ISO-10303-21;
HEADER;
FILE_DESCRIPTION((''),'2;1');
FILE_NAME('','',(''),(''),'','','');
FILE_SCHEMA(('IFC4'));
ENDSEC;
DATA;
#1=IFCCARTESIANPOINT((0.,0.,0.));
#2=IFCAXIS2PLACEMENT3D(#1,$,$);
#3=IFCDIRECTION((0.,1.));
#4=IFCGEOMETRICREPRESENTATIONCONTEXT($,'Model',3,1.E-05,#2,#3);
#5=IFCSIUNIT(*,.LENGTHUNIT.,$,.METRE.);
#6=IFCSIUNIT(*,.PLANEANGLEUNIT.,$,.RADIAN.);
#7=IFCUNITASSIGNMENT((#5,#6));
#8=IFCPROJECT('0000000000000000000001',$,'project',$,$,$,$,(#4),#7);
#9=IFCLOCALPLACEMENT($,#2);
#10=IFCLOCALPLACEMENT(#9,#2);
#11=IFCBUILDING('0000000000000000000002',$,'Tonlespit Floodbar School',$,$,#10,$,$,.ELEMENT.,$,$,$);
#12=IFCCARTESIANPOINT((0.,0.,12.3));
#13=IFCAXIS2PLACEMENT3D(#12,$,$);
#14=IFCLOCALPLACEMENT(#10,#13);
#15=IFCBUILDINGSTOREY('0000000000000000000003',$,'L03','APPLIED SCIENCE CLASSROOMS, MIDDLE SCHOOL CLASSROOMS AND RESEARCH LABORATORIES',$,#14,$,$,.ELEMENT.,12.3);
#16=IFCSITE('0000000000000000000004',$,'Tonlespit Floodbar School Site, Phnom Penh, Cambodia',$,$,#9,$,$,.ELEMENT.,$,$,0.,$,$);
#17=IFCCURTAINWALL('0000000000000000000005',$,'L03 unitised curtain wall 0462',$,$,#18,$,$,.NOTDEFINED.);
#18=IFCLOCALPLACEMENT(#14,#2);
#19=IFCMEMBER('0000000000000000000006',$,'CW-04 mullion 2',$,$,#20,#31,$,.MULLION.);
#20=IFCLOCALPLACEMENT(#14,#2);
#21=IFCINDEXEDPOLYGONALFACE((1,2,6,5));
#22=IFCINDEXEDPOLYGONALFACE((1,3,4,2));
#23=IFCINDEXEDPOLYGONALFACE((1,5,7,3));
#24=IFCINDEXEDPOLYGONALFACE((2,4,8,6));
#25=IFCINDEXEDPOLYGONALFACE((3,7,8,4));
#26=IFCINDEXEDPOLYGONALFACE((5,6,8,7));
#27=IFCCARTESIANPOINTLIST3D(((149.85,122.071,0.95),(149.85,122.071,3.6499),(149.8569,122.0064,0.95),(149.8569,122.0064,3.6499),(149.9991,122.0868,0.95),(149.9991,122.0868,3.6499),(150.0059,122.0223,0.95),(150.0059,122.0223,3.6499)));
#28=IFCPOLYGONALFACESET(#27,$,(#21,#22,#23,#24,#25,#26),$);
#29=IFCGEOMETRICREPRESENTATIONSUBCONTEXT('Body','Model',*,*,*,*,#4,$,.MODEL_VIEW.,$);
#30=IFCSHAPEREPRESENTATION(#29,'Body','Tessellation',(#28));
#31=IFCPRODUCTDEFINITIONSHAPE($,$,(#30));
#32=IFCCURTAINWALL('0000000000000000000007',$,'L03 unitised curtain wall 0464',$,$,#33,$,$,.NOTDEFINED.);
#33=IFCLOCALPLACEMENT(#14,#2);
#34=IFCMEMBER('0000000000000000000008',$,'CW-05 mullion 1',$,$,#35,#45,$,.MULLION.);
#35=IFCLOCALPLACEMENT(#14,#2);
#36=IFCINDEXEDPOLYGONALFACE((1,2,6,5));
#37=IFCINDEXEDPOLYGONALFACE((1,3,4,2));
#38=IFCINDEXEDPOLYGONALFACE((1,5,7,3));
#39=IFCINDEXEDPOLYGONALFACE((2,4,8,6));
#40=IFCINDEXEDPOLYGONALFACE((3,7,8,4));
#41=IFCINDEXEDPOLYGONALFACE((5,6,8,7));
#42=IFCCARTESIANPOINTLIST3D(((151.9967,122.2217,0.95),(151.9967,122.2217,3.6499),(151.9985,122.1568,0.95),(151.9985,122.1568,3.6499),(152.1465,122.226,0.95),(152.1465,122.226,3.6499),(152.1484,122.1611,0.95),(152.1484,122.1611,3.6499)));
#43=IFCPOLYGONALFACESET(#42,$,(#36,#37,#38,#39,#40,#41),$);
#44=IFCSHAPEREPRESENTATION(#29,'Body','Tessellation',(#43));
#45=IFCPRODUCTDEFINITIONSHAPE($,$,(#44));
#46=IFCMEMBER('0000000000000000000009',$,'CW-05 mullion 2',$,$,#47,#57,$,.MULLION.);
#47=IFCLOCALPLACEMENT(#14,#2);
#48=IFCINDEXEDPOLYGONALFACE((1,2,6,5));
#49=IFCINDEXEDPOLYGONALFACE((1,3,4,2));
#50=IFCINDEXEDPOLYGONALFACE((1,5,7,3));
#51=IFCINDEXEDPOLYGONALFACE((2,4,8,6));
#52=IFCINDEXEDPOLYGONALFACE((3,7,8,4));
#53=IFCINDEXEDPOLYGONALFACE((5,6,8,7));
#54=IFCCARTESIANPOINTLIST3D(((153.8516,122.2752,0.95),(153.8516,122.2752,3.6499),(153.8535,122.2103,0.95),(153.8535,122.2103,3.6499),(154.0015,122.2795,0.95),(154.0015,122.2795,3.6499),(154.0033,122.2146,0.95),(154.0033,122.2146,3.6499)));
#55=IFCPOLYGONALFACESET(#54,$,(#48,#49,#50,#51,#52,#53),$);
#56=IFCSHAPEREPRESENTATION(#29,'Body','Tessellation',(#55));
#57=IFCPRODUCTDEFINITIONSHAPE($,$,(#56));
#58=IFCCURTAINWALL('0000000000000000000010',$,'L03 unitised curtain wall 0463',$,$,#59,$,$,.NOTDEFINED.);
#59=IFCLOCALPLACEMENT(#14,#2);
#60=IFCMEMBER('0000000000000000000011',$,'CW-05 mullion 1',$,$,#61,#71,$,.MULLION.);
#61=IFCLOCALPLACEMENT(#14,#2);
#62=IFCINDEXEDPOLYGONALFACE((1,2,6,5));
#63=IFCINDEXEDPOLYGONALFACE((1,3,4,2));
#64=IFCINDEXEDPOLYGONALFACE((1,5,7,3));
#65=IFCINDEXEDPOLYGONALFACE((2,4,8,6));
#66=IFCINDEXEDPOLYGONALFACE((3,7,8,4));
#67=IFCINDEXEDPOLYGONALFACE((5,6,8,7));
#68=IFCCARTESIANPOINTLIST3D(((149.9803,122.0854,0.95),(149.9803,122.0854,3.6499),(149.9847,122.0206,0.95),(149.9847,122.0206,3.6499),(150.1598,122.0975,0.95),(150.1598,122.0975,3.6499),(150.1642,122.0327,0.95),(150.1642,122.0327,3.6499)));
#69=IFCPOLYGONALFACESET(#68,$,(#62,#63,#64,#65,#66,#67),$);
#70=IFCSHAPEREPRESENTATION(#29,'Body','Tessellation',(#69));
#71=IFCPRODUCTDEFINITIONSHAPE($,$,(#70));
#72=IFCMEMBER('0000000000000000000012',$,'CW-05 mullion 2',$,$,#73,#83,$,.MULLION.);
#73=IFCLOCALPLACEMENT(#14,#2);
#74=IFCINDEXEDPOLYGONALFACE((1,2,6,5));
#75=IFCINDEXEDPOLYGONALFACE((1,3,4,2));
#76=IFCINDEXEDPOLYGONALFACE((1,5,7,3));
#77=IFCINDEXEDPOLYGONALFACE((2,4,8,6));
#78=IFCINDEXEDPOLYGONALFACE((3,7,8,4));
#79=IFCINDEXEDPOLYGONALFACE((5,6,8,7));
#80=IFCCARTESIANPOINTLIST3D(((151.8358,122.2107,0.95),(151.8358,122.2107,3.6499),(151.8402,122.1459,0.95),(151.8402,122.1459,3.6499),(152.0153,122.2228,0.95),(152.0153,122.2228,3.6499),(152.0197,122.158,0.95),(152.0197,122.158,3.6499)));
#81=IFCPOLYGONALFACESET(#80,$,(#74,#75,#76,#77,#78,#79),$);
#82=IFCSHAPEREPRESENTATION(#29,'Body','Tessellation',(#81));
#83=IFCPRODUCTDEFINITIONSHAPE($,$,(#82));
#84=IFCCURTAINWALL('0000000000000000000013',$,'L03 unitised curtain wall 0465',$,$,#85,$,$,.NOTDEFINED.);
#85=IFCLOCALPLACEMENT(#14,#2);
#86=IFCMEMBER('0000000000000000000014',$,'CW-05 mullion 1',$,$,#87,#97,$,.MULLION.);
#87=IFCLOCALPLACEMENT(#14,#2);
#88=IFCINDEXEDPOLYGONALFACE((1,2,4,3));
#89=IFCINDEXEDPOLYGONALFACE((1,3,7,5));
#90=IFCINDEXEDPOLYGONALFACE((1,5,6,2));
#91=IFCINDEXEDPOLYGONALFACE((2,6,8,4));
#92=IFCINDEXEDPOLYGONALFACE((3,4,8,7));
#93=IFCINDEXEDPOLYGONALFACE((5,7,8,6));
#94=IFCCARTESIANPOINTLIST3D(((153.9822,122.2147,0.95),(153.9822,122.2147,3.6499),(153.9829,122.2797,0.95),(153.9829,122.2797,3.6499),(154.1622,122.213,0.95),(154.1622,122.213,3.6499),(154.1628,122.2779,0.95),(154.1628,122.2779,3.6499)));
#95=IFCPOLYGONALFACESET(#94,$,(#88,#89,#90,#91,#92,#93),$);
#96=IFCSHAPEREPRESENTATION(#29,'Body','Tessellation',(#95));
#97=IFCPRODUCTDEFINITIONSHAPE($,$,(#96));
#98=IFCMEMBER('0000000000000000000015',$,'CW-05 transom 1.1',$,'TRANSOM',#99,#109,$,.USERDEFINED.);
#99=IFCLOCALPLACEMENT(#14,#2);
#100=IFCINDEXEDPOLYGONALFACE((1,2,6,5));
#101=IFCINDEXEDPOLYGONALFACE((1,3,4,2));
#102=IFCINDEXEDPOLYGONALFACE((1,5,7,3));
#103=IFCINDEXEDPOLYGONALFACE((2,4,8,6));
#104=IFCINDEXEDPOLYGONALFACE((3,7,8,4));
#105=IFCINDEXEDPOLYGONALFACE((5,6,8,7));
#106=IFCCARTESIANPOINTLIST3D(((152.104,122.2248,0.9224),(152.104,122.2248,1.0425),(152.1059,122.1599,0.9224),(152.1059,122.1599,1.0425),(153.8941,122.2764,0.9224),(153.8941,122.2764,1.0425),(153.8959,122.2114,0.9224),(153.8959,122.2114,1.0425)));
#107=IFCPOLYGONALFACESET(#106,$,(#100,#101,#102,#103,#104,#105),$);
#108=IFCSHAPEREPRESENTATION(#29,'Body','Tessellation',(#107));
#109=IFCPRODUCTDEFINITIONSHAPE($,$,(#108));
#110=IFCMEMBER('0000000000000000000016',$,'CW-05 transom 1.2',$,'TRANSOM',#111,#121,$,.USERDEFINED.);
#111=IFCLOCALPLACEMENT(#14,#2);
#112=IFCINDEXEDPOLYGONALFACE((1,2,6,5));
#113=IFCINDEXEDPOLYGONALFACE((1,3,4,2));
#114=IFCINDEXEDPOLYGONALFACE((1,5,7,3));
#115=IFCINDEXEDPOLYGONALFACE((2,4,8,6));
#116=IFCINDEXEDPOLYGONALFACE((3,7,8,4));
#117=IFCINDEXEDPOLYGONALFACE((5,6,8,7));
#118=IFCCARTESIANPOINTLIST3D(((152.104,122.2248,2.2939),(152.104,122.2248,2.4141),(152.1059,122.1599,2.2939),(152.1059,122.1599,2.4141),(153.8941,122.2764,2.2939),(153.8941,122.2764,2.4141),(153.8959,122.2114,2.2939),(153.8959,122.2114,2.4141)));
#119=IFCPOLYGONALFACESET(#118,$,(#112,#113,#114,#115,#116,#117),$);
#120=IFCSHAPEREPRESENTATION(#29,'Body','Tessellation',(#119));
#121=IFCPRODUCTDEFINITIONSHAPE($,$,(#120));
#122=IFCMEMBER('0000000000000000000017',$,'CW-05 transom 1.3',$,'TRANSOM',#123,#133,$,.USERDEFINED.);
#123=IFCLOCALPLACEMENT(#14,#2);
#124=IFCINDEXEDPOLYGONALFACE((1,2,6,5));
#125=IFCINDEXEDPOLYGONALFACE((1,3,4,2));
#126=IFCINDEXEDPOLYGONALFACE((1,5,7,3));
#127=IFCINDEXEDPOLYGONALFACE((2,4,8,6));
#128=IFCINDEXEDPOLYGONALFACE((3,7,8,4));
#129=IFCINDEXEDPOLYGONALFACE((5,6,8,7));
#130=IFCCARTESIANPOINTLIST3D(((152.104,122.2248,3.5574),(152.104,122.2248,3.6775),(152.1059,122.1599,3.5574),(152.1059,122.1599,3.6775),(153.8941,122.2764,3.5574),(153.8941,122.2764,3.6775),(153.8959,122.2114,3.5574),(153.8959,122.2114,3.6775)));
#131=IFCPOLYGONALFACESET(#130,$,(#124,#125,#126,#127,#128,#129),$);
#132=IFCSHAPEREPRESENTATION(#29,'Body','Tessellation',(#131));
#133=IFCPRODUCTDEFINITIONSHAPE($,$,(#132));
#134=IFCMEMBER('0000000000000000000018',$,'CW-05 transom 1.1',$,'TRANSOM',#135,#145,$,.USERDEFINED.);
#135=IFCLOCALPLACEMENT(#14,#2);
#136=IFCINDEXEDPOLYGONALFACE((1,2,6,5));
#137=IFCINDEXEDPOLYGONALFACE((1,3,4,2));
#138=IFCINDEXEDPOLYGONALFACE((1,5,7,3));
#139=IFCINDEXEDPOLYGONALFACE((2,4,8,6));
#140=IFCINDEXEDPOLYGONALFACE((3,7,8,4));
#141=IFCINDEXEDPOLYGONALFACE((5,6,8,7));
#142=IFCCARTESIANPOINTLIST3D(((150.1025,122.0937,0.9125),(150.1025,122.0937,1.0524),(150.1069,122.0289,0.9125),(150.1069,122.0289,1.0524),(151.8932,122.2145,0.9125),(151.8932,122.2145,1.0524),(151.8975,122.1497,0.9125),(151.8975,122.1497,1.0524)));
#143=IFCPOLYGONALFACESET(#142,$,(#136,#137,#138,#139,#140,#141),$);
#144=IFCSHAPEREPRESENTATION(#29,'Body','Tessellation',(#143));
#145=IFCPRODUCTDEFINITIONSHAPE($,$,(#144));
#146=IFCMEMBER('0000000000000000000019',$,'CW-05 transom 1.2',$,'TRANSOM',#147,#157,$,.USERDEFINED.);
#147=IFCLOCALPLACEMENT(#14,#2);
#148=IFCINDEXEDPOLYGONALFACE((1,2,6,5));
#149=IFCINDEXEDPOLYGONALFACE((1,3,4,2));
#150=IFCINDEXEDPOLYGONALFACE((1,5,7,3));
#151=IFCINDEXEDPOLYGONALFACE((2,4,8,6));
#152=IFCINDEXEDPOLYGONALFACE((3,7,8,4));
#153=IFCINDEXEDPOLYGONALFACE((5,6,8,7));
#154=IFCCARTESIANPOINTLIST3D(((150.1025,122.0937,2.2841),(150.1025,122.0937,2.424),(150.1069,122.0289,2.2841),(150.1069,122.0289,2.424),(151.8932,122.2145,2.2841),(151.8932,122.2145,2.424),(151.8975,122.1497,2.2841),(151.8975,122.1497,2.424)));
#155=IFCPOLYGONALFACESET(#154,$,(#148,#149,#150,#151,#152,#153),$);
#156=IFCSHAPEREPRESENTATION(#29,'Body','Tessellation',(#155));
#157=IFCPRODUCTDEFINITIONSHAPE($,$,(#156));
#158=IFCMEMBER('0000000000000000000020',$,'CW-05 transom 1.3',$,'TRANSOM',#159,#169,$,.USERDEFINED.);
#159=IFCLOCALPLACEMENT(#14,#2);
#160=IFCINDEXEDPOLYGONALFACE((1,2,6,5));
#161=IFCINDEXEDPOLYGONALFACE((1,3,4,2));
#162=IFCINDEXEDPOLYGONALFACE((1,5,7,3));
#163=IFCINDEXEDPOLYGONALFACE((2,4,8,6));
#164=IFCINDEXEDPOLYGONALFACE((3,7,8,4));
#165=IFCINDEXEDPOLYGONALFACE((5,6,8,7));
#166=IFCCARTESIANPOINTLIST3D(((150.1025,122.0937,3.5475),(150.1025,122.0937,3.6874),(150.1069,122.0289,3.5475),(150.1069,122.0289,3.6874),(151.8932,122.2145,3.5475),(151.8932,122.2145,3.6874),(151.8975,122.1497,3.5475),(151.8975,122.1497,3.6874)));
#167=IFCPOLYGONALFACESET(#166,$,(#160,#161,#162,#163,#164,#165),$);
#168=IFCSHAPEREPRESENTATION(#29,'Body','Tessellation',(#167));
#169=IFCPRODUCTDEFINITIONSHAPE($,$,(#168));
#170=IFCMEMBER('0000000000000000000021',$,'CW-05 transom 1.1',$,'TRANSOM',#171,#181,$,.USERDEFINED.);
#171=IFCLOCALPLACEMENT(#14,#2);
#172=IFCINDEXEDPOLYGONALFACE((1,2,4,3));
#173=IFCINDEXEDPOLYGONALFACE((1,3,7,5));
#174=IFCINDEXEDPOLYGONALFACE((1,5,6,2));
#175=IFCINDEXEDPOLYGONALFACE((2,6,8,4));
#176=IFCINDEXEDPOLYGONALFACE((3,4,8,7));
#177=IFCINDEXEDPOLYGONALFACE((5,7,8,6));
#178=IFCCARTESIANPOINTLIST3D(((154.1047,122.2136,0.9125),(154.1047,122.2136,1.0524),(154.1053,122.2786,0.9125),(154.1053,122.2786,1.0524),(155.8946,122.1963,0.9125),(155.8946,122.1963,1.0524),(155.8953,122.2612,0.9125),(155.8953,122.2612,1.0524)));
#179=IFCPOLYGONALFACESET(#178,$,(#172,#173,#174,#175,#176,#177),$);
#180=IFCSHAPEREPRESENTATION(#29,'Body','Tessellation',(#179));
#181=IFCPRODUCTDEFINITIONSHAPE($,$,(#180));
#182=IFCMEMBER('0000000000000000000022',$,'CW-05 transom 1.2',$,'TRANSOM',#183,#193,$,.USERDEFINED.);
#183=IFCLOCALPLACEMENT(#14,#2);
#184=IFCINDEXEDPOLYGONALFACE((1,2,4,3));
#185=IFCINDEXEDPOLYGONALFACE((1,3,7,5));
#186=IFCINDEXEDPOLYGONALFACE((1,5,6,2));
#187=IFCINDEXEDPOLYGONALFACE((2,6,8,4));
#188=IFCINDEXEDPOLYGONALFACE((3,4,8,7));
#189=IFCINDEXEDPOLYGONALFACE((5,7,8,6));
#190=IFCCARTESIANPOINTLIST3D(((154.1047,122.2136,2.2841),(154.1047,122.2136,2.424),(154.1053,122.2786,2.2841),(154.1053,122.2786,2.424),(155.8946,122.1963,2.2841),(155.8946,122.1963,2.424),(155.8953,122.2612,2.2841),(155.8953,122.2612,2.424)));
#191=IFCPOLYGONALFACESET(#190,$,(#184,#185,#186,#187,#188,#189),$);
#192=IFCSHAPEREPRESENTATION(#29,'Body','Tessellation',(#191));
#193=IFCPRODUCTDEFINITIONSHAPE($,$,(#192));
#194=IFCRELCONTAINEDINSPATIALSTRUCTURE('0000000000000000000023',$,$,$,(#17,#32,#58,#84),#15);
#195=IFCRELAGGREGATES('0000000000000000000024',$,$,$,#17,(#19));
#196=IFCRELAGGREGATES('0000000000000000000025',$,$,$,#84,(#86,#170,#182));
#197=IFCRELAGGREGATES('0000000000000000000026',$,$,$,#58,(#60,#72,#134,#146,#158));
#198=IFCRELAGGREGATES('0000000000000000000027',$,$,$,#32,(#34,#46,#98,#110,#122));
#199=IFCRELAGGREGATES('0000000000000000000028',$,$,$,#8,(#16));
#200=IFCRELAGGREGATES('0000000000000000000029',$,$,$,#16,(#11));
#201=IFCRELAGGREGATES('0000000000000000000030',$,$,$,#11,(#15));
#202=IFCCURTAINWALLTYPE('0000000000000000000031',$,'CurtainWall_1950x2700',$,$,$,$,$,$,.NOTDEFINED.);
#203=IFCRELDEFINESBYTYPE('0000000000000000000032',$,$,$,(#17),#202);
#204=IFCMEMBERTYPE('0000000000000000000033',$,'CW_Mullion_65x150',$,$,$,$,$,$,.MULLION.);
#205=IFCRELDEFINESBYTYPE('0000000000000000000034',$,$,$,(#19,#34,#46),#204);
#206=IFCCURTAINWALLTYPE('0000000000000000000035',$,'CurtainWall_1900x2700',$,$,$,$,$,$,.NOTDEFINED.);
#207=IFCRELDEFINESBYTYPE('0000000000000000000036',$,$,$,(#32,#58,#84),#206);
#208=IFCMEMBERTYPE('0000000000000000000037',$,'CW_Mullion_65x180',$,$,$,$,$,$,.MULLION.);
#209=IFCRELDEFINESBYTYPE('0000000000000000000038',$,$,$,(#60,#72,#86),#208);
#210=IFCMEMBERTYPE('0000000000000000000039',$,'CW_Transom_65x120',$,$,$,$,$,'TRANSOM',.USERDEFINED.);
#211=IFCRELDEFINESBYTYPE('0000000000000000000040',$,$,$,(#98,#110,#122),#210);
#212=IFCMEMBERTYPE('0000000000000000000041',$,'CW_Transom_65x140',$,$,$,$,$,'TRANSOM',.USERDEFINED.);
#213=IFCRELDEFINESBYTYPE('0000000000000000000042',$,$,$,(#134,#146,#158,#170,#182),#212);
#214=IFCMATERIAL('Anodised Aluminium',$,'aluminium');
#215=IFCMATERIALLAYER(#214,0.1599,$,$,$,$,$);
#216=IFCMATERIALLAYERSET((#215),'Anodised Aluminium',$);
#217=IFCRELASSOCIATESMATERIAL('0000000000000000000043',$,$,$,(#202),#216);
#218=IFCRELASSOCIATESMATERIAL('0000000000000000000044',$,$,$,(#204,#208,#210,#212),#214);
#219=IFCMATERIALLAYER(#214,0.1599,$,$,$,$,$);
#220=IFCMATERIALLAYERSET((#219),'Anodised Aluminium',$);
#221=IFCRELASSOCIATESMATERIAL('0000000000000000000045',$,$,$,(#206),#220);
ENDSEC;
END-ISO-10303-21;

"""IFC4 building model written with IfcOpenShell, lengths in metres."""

from ifc_helpers import new_model, si_unit, direction, frame, origin, origin_2d, place, context, subcontext, project, spatial, rectangle, extrude, material, layer, layer_set, material_profile, profile_set, type_object, element, aggregate, save


model = new_model("IFC4")

# Units and contexts
model_context = context("Model", 3, precision=1e-05, world=origin(), true_north=direction((0.0, 1.0)))
body_context = subcontext(model_context, "Body", "Model", "MODEL_VIEW")
ifc_project = project(units=[si_unit("LENGTHUNIT", "METRE"), si_unit("PLANEANGLEUNIT", "RADIAN")], contexts=[model_context])

# Site, building, storey
site_placement = place(None, origin())
site = spatial("IfcSite", under=ifc_project, at=site_placement, Name="Tonlespit Floodbar School Site, Phnom Penh, Cambodia", CompositionType="ELEMENT", RefElevation=0.0)
building_placement = place(site_placement, origin())
building = spatial("IfcBuilding", under=site, at=building_placement, Name="Tonlespit Floodbar School", CompositionType="ELEMENT")
storey_placement = place(building_placement, frame((0.0, 0.0, 12.3)))
storey = spatial("IfcBuildingStorey", under=building, at=storey_placement, Name="L03", Description="APPLIED SCIENCE CLASSROOMS, MIDDLE SCHOOL CLASSROOMS AND RESEARCH LABORATORIES", CompositionType="ELEMENT", Elevation=12.3)

# Curtain wall, member
ifc_material_1 = material(Name="Anodised Aluminium", Category="aluminium")
ifc_layer_1 = layer(ifc_material_1, 0.1599)
ifc_layer_set_1 = layer_set([ifc_layer_1], Name="Anodised Aluminium")
curtain_wall_type_1 = type_object("IfcCurtainWallType", Name="CurtainWall_1950x2700", PredefinedType="NOTDEFINED", material=ifc_layer_set_1)
curtain_wall_1_placement = place(storey_placement, origin())
curtain_wall_1 = element("IfcCurtainWall", 1, at=curtain_wall_1_placement, inside=storey, type_object=curtain_wall_type_1, Name="L03 unitised curtain wall 0462", PredefinedType="NOTDEFINED")
ifc_material_profile_1 = material_profile(ifc_material_1, rectangle(XDim=0.0649, YDim=0.1499, at=origin_2d()), Name="ALU M65x150")
ifc_profile_set_1 = profile_set([ifc_material_profile_1], Name="Anodised Aluminium")
member_type_1 = type_object("IfcMemberType", Name="CW_Mullion_65x150", PredefinedType="MULLION", material=ifc_profile_set_1)
member_1_placement = place(storey_placement, frame((149.928, 122.0466, 0.95), z_axis=(0.0, 0.0, 1.0), x_axis=(-0.105787, 0.994389, 0.0)))
member_1 = element("IfcMember", 2, at=member_1_placement, type_object=member_type_1, Name="CW-04 mullion 2", PredefinedType="MULLION", context=body_context, shape_type="SweptSolid", body=[
    extrude(rectangle(XDim=0.0649, YDim=0.1499, at=origin_2d()), origin(), (0.0, 0.0, 1.0), 2.7),
])
aggregate(curtain_wall_1, [member_1])

# Curtain walls, members
ifc_layer_2 = layer(ifc_material_1, 0.1599)
ifc_layer_set_2 = layer_set([ifc_layer_2], Name="Anodised Aluminium")
curtain_wall_type_2 = type_object("IfcCurtainWallType", Name="CurtainWall_1900x2700", PredefinedType="NOTDEFINED", material=ifc_layer_set_2)
curtain_wall_2_placement = place(storey_placement, origin())
curtain_wall_2 = element("IfcCurtainWall", 3, at=curtain_wall_2_placement, inside=storey, type_object=curtain_wall_type_2, Name="L03 unitised curtain wall 0464", PredefinedType="NOTDEFINED")
member_2_placement = place(storey_placement, frame((152.0725, 122.1914, 0.95), z_axis=(0.0, 0.0, 1.0), x_axis=(-0.02879, 0.999585, 0.0)))
member_2 = element("IfcMember", 4, at=member_2_placement, type_object=member_type_1, Name="CW-05 mullion 1", PredefinedType="MULLION", context=body_context, shape_type="SweptSolid", body=[
    extrude(rectangle(XDim=0.0649, YDim=0.1499, at=origin_2d()), origin(), (0.0, 0.0, 1.0), 2.7),
])
member_3_placement = place(storey_placement, frame((153.9275, 122.2449, 0.95), z_axis=(0.0, 0.0, 1.0), x_axis=(-0.02879, 0.999585, 0.0)))
member_3 = element("IfcMember", 5, at=member_3_placement, type_object=member_type_1, Name="CW-05 mullion 2", PredefinedType="MULLION", context=body_context, shape_type="SweptSolid", body=[
    extrude(rectangle(XDim=0.0649, YDim=0.1499, at=origin_2d()), origin(), (0.0, 0.0, 1.0), 2.7),
])
curtain_wall_3_placement = place(storey_placement, origin())
curtain_wall_3 = element("IfcCurtainWall", 6, at=curtain_wall_3_placement, inside=storey, type_object=curtain_wall_type_2, Name="L03 unitised curtain wall 0463", PredefinedType="NOTDEFINED")
ifc_material_profile_2 = material_profile(ifc_material_1, rectangle(XDim=0.0649, YDim=0.1799, at=origin_2d()), Name="ALU M65x180")
ifc_profile_set_2 = profile_set([ifc_material_profile_2], Name="Anodised Aluminium")
member_type_2 = type_object("IfcMemberType", Name="CW_Mullion_65x180", PredefinedType="MULLION", material=ifc_profile_set_2)
member_4_placement = place(storey_placement, frame((150.0723, 122.0591, 0.95), z_axis=(0.0, 0.0, 1.0), x_axis=(-0.06734, 0.99773, 0.0)))
member_4 = element("IfcMember", 7, at=member_4_placement, type_object=member_type_2, Name="CW-05 mullion 1", PredefinedType="MULLION", context=body_context, shape_type="SweptSolid", body=[
    extrude(rectangle(XDim=0.0649, YDim=0.1799, at=origin_2d()), origin(), (0.0, 0.0, 1.0), 2.7),
])
member_5_placement = place(storey_placement, frame((151.9277, 122.1843, 0.95), z_axis=(0.0, 0.0, 1.0), x_axis=(-0.06734, 0.99773, 0.0)))
member_5 = element("IfcMember", 8, at=member_5_placement, type_object=member_type_2, Name="CW-05 mullion 2", PredefinedType="MULLION", context=body_context, shape_type="SweptSolid", body=[
    extrude(rectangle(XDim=0.0649, YDim=0.1799, at=origin_2d()), origin(), (0.0, 0.0, 1.0), 2.7),
])

# Curtain wall, member
curtain_wall_4_placement = place(storey_placement, origin())
curtain_wall_4 = element("IfcCurtainWall", 9, at=curtain_wall_4_placement, inside=storey, type_object=curtain_wall_type_2, Name="L03 unitised curtain wall 0465", PredefinedType="NOTDEFINED")
member_6_placement = place(storey_placement, frame((154.0725, 122.2463, 0.95), z_axis=(0.0, 0.0, 1.0), x_axis=(0.009583, 0.999954, 0.0)))
member_6 = element("IfcMember", 10, at=member_6_placement, type_object=member_type_2, Name="CW-05 mullion 1", PredefinedType="MULLION", context=body_context, shape_type="SweptSolid", body=[
    extrude(rectangle(XDim=0.0649, YDim=0.1799, at=origin_2d()), origin(), (0.0, 0.0, 1.0), 2.7),
])

# Members
ifc_material_profile_3 = material_profile(ifc_material_1, rectangle(XDim=0.0649, YDim=0.1201, at=origin_2d()), Name="ALU T65x120")
ifc_profile_set_3 = profile_set([ifc_material_profile_3], Name="Anodised Aluminium")
member_type_3 = type_object("IfcMemberType", Name="CW_Transom_65x120", ElementType="TRANSOM", PredefinedType="USERDEFINED", material=ifc_profile_set_3)
member_7_placement = place(storey_placement, frame((152.105, 122.1924, 0.9824), z_axis=(0.999586, 0.028766, 0.0), x_axis=(-0.028766, 0.999586, 0.0)))
member_7 = element("IfcMember", 11, at=member_7_placement, type_object=member_type_3, Name="CW-05 transom 1.1", ObjectType="TRANSOM", PredefinedType="USERDEFINED", context=body_context, shape_type="SweptSolid", body=[
    extrude(rectangle(XDim=0.0649, YDim=0.1201, at=origin_2d()), origin(), (0.0, 0.0, 1.0), 1.7908),
])
member_8_placement = place(storey_placement, frame((152.105, 122.1924, 2.354), z_axis=(0.999586, 0.028766, 0.0), x_axis=(-0.028766, 0.999586, 0.0)))
member_8 = element("IfcMember", 12, at=member_8_placement, type_object=member_type_3, Name="CW-05 transom 1.2", ObjectType="TRANSOM", PredefinedType="USERDEFINED", context=body_context, shape_type="SweptSolid", body=[
    extrude(rectangle(XDim=0.0649, YDim=0.1201, at=origin_2d()), origin(), (0.0, 0.0, 1.0), 1.7908),
])
member_9_placement = place(storey_placement, frame((152.105, 122.1924, 3.6174), z_axis=(0.999586, 0.028766, 0.0), x_axis=(-0.028766, 0.999586, 0.0)))
member_9 = element("IfcMember", 13, at=member_9_placement, type_object=member_type_3, Name="CW-05 transom 1.3", ObjectType="TRANSOM", PredefinedType="USERDEFINED", context=body_context, shape_type="SweptSolid", body=[
    extrude(rectangle(XDim=0.0649, YDim=0.1201, at=origin_2d()), origin(), (0.0, 0.0, 1.0), 1.7908),
])
ifc_material_profile_4 = material_profile(ifc_material_1, rectangle(XDim=0.0649, YDim=0.1399, at=origin_2d()), Name="ALU T65x140")
ifc_profile_set_4 = profile_set([ifc_material_profile_4], Name="Anodised Aluminium")
member_type_4 = type_object("IfcMemberType", Name="CW_Transom_65x140", ElementType="TRANSOM", PredefinedType="USERDEFINED", material=ifc_profile_set_4)
member_10_placement = place(storey_placement, frame((150.1047, 122.0613, 0.9824), z_axis=(0.99773, 0.067341, 0.0), x_axis=(-0.067341, 0.99773, 0.0)))
member_10 = element("IfcMember", 14, at=member_10_placement, type_object=member_type_4, Name="CW-05 transom 1.1", ObjectType="TRANSOM", PredefinedType="USERDEFINED", context=body_context, shape_type="SweptSolid", body=[
    extrude(rectangle(XDim=0.0649, YDim=0.1399, at=origin_2d()), origin(), (0.0, 0.0, 1.0), 1.7947),
])
member_11_placement = place(storey_placement, frame((150.1047, 122.0613, 2.354), z_axis=(0.99773, 0.067341, 0.0), x_axis=(-0.067341, 0.99773, 0.0)))
member_11 = element("IfcMember", 15, at=member_11_placement, type_object=member_type_4, Name="CW-05 transom 1.2", ObjectType="TRANSOM", PredefinedType="USERDEFINED", context=body_context, shape_type="SweptSolid", body=[
    extrude(rectangle(XDim=0.0649, YDim=0.1399, at=origin_2d()), origin(), (0.0, 0.0, 1.0), 1.7947),
])
member_12_placement = place(storey_placement, frame((150.1047, 122.0613, 3.6174), z_axis=(0.99773, 0.067341, 0.0), x_axis=(-0.067341, 0.99773, 0.0)))
member_12 = element("IfcMember", 16, at=member_12_placement, type_object=member_type_4, Name="CW-05 transom 1.3", ObjectType="TRANSOM", PredefinedType="USERDEFINED", context=body_context, shape_type="SweptSolid", body=[
    extrude(rectangle(XDim=0.0649, YDim=0.1399, at=origin_2d()), origin(), (0.0, 0.0, 1.0), 1.7947),
])
member_13_placement = place(storey_placement, frame((154.105, 122.2461, 0.9824), z_axis=(0.999953, -0.009683, 0.0), x_axis=(0.009683, 0.999953, 0.0)))
member_13 = element("IfcMember", 17, at=member_13_placement, type_object=member_type_4, Name="CW-05 transom 1.1", ObjectType="TRANSOM", PredefinedType="USERDEFINED", context=body_context, shape_type="SweptSolid", body=[
    extrude(rectangle(XDim=0.0649, YDim=0.1399, at=origin_2d()), origin(), (0.0, 0.0, 1.0), 1.79),
])
member_14_placement = place(storey_placement, frame((154.105, 122.2461, 2.354), z_axis=(0.999953, -0.009683, 0.0), x_axis=(0.009683, 0.999953, 0.0)))
member_14 = element("IfcMember", 18, at=member_14_placement, type_object=member_type_4, Name="CW-05 transom 1.2", ObjectType="TRANSOM", PredefinedType="USERDEFINED", context=body_context, shape_type="SweptSolid", body=[
    extrude(rectangle(XDim=0.0649, YDim=0.1399, at=origin_2d()), origin(), (0.0, 0.0, 1.0), 1.79),
])
aggregate(curtain_wall_4, [member_6, member_13, member_14])

aggregate(curtain_wall_3, [member_4, member_5, member_10, member_11, member_12])
aggregate(curtain_wall_2, [member_2, member_3, member_7, member_8, member_9])

save(model, "model.ifc")
